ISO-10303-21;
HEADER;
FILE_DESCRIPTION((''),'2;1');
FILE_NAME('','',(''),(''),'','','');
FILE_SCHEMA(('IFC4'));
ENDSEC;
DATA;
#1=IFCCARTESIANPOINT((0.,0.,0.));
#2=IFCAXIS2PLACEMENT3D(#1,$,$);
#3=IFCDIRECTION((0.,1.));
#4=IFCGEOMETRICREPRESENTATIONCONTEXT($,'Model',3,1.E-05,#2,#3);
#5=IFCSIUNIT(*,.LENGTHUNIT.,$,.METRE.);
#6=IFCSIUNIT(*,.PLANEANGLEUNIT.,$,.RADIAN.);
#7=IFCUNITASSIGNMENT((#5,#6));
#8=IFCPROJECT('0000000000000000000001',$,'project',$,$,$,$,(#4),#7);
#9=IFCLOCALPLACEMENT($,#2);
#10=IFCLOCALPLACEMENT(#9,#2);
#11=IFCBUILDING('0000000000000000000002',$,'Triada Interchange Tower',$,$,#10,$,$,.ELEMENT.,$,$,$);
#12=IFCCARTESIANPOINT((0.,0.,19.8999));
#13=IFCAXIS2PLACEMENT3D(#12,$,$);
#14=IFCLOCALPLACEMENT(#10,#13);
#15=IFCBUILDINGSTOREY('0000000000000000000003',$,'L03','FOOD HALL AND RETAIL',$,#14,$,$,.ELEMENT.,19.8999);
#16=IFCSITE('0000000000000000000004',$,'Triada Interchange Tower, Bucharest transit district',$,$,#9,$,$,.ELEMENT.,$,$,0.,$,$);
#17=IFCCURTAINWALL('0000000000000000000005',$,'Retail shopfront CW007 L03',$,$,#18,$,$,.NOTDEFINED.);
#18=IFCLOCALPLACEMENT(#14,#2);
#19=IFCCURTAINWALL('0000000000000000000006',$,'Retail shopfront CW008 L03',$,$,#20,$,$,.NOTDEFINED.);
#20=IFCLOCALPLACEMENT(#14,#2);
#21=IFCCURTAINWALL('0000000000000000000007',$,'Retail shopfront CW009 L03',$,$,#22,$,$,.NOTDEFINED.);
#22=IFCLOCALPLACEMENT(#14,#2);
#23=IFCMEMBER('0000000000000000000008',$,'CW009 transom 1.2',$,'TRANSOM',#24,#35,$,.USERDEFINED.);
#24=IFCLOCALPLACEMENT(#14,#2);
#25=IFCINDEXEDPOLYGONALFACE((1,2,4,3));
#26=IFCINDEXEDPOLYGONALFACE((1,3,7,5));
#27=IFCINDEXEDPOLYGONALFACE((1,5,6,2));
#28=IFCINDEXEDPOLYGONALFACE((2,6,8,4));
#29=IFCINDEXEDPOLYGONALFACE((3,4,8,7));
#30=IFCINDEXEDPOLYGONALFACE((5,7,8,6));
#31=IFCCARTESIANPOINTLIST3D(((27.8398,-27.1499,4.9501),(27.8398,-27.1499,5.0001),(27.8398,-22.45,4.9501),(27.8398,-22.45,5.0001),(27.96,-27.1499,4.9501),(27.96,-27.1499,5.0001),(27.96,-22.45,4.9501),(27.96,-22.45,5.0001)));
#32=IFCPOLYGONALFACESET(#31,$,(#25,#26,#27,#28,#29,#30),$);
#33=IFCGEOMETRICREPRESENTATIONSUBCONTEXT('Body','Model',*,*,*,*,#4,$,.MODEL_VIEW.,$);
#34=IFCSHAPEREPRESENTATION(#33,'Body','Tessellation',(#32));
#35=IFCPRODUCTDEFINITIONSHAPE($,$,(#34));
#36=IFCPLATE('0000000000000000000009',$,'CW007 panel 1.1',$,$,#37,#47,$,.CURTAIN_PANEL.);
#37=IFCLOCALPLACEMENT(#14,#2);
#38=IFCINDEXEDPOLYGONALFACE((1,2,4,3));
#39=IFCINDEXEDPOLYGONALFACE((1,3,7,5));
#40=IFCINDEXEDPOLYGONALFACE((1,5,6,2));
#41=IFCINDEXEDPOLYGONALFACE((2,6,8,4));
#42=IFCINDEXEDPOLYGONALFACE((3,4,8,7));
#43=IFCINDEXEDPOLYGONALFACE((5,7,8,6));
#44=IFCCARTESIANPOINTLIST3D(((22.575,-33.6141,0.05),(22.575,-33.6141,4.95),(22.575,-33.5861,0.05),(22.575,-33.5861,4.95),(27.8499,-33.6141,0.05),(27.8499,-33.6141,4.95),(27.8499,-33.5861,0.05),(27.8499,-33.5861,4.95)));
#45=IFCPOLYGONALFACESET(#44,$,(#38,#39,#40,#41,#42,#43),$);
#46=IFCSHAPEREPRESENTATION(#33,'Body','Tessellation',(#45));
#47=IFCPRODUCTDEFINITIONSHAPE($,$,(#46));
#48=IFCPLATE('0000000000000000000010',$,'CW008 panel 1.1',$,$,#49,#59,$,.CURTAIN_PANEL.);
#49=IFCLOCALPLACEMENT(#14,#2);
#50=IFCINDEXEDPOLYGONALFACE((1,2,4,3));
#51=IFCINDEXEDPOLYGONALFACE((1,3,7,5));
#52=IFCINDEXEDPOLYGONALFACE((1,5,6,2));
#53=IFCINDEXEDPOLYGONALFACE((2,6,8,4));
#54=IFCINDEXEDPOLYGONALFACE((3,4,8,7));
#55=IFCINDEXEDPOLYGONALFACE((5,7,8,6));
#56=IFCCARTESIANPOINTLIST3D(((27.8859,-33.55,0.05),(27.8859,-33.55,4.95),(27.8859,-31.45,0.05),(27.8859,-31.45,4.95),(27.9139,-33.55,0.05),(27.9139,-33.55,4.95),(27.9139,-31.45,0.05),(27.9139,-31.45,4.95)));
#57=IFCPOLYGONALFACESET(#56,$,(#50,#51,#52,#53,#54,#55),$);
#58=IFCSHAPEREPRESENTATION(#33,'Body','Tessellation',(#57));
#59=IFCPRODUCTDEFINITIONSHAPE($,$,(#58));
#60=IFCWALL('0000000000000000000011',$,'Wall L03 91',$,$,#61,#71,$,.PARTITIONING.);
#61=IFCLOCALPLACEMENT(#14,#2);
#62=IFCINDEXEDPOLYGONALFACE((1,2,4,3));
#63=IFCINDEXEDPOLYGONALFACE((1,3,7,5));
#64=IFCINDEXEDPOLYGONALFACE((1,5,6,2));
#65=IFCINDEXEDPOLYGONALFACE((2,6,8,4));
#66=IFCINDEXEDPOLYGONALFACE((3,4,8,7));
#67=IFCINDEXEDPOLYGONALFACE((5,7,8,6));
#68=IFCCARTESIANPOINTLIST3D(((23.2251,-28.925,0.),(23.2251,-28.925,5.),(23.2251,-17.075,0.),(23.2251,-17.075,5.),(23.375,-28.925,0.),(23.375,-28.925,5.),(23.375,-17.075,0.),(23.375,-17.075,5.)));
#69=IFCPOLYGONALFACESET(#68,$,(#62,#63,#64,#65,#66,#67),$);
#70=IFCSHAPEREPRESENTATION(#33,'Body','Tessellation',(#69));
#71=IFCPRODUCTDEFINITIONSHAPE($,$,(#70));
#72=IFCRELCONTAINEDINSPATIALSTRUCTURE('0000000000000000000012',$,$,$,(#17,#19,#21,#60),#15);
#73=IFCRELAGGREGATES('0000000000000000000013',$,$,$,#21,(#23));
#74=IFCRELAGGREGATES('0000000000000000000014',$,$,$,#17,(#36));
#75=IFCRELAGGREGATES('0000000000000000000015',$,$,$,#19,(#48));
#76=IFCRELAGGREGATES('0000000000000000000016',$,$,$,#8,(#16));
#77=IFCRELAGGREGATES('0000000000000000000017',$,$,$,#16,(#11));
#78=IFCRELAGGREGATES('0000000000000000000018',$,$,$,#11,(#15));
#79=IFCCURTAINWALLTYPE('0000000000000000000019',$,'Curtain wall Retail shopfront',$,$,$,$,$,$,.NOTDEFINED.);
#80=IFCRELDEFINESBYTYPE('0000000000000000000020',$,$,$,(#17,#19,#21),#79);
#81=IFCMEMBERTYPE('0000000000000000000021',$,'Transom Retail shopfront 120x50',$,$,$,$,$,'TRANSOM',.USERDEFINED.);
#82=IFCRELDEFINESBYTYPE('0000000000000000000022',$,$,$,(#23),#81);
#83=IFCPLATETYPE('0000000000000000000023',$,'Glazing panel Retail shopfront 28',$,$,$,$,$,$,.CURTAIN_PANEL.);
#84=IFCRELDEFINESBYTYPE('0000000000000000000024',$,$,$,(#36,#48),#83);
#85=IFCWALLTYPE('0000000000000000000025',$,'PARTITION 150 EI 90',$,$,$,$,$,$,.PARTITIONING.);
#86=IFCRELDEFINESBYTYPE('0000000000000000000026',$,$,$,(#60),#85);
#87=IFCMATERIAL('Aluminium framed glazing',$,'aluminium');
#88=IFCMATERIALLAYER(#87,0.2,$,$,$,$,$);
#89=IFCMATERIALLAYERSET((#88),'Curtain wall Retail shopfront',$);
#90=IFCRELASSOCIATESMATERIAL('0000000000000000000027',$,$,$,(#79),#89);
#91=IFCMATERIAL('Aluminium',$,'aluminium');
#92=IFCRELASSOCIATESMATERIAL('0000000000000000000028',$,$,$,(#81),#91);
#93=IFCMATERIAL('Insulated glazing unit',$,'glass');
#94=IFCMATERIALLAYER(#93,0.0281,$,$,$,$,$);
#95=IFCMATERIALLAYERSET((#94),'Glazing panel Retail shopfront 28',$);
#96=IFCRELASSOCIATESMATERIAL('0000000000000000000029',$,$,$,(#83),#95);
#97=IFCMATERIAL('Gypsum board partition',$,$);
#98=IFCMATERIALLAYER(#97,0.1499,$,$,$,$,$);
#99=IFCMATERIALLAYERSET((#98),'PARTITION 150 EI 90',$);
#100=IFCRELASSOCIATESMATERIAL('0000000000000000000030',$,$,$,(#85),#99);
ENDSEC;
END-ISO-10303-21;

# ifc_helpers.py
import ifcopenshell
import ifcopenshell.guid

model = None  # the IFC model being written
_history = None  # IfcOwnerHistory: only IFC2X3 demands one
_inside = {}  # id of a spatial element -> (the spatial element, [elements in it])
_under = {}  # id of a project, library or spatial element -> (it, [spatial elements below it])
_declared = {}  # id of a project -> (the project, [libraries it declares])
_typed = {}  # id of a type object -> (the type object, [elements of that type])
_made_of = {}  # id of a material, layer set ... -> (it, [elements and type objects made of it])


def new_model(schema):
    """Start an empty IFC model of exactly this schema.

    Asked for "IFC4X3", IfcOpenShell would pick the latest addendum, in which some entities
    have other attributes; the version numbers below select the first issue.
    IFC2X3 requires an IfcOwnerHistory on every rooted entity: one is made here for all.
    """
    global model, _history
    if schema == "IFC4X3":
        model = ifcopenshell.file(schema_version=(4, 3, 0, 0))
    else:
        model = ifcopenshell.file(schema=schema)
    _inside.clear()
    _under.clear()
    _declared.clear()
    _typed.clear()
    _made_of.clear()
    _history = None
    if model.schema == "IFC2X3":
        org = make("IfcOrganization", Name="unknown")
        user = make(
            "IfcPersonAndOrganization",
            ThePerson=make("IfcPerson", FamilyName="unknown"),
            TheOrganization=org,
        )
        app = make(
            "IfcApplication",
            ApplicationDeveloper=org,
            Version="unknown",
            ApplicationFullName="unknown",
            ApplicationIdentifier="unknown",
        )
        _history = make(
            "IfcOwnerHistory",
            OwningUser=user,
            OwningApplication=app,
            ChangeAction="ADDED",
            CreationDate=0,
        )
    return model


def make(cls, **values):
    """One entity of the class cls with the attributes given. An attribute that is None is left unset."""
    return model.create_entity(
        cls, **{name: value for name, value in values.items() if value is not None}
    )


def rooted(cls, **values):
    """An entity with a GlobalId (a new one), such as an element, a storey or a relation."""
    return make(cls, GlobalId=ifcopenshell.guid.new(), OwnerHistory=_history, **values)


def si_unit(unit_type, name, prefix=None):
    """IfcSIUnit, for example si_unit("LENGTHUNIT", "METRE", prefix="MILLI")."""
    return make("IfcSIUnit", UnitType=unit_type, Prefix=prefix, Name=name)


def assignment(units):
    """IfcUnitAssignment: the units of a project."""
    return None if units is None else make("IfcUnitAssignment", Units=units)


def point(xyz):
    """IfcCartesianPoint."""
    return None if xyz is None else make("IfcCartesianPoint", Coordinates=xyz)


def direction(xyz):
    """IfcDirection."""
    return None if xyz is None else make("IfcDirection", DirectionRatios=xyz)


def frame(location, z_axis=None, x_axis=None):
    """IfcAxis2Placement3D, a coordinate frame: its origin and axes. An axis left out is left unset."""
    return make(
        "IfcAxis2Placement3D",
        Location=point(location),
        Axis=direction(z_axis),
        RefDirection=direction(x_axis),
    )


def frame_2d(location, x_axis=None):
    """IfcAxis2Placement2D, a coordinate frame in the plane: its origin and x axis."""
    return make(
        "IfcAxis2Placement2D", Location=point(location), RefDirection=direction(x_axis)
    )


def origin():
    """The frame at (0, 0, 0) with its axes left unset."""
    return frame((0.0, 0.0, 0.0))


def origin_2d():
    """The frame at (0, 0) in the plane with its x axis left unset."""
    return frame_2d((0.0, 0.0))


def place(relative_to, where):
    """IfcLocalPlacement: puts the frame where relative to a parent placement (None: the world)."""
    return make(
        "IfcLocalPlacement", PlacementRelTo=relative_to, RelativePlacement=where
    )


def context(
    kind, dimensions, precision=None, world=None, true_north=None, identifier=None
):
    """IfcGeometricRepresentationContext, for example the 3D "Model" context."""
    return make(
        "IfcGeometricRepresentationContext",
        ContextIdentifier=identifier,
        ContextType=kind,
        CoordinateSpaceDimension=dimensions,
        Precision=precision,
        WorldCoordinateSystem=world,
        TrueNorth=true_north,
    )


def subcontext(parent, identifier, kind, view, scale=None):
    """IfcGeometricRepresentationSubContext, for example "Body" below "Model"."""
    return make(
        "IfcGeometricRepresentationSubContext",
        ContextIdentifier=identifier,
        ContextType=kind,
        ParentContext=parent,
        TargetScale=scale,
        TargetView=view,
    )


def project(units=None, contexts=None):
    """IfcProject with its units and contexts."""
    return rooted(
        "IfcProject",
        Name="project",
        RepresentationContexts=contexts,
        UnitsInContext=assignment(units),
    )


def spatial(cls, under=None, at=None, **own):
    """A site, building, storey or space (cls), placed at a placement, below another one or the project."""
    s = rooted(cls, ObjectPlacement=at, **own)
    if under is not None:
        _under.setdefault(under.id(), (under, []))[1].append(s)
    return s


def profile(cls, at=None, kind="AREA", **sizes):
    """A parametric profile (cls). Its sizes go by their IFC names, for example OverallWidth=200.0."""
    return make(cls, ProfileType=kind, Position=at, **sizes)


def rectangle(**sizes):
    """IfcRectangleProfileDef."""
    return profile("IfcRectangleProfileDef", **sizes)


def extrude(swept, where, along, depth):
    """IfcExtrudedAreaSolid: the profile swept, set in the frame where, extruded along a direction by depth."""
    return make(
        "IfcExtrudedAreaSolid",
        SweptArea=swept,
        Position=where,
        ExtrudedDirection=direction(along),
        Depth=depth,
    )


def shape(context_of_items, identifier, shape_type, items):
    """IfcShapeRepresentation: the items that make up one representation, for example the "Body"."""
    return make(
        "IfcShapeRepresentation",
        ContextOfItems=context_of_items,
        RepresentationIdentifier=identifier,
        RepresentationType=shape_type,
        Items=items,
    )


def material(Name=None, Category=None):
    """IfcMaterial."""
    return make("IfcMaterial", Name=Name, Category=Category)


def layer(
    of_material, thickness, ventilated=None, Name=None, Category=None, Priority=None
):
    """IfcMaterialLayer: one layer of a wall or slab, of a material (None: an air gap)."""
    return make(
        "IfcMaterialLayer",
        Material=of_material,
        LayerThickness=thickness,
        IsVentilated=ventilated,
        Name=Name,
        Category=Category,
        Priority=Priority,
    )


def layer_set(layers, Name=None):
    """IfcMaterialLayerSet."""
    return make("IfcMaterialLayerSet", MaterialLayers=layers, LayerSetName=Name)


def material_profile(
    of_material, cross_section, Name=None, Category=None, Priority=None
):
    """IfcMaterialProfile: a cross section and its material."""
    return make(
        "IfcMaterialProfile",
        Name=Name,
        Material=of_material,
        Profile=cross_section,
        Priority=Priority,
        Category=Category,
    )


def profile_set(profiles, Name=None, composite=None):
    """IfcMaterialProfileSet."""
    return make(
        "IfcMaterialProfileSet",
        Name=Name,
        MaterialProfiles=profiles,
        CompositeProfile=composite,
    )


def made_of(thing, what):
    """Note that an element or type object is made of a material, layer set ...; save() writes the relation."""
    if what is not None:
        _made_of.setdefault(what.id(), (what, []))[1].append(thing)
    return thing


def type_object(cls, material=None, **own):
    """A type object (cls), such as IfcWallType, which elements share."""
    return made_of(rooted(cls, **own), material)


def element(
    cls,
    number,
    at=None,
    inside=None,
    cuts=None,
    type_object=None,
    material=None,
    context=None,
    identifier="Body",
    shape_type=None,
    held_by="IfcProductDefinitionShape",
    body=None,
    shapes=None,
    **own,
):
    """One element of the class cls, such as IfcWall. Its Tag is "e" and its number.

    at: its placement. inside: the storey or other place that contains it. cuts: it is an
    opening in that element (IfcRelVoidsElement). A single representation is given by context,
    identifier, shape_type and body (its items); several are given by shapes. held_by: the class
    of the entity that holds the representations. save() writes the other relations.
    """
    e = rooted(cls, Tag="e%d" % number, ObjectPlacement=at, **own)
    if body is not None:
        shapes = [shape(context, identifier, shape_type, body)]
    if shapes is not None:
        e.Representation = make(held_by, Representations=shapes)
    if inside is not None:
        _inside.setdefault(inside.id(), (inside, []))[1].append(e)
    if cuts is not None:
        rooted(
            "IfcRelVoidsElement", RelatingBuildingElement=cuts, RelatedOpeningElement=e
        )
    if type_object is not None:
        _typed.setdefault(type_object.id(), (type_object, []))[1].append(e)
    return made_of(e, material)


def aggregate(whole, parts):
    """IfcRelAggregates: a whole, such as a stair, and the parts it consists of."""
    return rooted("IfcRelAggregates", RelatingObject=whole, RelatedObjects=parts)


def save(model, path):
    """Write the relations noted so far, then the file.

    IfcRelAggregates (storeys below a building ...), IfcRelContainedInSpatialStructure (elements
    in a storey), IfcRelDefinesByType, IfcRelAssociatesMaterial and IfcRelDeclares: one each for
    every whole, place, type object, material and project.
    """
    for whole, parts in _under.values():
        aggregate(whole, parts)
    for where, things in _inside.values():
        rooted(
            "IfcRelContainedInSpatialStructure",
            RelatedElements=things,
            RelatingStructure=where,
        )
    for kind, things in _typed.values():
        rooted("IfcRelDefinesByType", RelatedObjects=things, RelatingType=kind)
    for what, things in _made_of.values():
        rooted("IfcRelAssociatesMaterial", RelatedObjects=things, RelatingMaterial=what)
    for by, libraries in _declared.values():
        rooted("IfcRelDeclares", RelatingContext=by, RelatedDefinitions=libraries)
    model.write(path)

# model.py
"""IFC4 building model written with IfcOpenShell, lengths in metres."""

from ifc_helpers import new_model, si_unit, direction, frame, frame_2d, origin, origin_2d, place, context, subcontext, project, spatial, rectangle, extrude, material, layer, layer_set, material_profile, profile_set, type_object, element, aggregate, save


model = new_model("IFC4")

# Units and contexts
model_context = context("Model", 3, precision=1e-05, world=origin(), true_north=direction((0.0, 1.0)))
body_context = subcontext(model_context, "Body", "Model", "MODEL_VIEW")
ifc_project = project(units=[si_unit("LENGTHUNIT", "METRE"), si_unit("PLANEANGLEUNIT", "RADIAN")], contexts=[model_context])

# Site, building, storey
site_placement = place(None, origin())
site = spatial("IfcSite", under=ifc_project, at=site_placement, Name="Triada Interchange Tower, Bucharest transit district", CompositionType="ELEMENT", RefElevation=0.0)
building_placement = place(site_placement, origin())
building = spatial("IfcBuilding", under=site, at=building_placement, Name="Triada Interchange Tower", CompositionType="ELEMENT")
storey_placement = place(building_placement, frame((0.0, 0.0, 19.8999)))
storey = spatial("IfcBuildingStorey", under=building, at=storey_placement, Name="L03", Description="FOOD HALL AND RETAIL", CompositionType="ELEMENT", Elevation=19.8999)

# Curtain wall
ifc_material_1 = material(Name="Aluminium framed glazing", Category="aluminium")
ifc_layer_1 = layer(ifc_material_1, 0.2)
ifc_layer_set_1 = layer_set([ifc_layer_1], Name="Curtain wall Retail shopfront")
curtain_wall_type = type_object("IfcCurtainWallType", Name="Curtain wall Retail shopfront", PredefinedType="NOTDEFINED", material=ifc_layer_set_1)
curtain_wall_1_placement = place(storey_placement, origin())
curtain_wall_1 = element("IfcCurtainWall", 1, at=curtain_wall_1_placement, inside=storey, type_object=curtain_wall_type, Name="Retail shopfront CW007 L03", PredefinedType="NOTDEFINED")
ifc_material_2 = material(Name="Aluminium", Category="aluminium")

# Curtain wall
curtain_wall_2_placement = place(storey_placement, origin())
curtain_wall_2 = element("IfcCurtainWall", 2, at=curtain_wall_2_placement, inside=storey, type_object=curtain_wall_type, Name="Retail shopfront CW008 L03", PredefinedType="NOTDEFINED")

# Curtain wall
curtain_wall_3_placement = place(storey_placement, origin())
curtain_wall_3 = element("IfcCurtainWall", 3, at=curtain_wall_3_placement, inside=storey, type_object=curtain_wall_type, Name="Retail shopfront CW009 L03", PredefinedType="NOTDEFINED")

# Member
ifc_material_profile_1 = material_profile(ifc_material_2, rectangle(XDim=0.1201, YDim=0.05, at=origin_2d()), Name="Aluminium transom")
ifc_profile_set_1 = profile_set([ifc_material_profile_1], Name="Aluminium")
member_type_1 = type_object("IfcMemberType", Name="Transom Retail shopfront 120x50", ElementType="TRANSOM", PredefinedType="USERDEFINED", material=ifc_profile_set_1)
member_1_placement = place(storey_placement, frame((27.8999, -27.1499, 4.9751), z_axis=(0.0, 1.0, 0.0), x_axis=(-1.0, 0.0, 0.0)))
member_1 = element("IfcMember", 4, at=member_1_placement, type_object=member_type_1, Name="CW009 transom 1.2", ObjectType="TRANSOM", PredefinedType="USERDEFINED", context=body_context, shape_type="SweptSolid", body=[
    extrude(rectangle(XDim=0.1201, YDim=0.05, at=origin_2d()), origin(), (0.0, 0.0, 1.0), 4.7),
])
aggregate(curtain_wall_3, [member_1])

# Plates
ifc_material_3 = material(Name="Insulated glazing unit", Category="glass")
ifc_layer_2 = layer(ifc_material_3, 0.0281)
ifc_layer_set_2 = layer_set([ifc_layer_2], Name="Glazing panel Retail shopfront 28")
plate_type = type_object("IfcPlateType", Name="Glazing panel Retail shopfront 28", PredefinedType="CURTAIN_PANEL", material=ifc_layer_set_2)
plate_1_placement = place(storey_placement, frame((25.2124, -33.6001, 0.05), z_axis=(0.0, 0.0, 1.0), x_axis=(1.0, 0.0, 0.0)))
plate_1 = element("IfcPlate", 5, at=plate_1_placement, type_object=plate_type, Name="CW007 panel 1.1", PredefinedType="CURTAIN_PANEL", context=body_context, shape_type="SweptSolid", body=[
    extrude(rectangle(XDim=5.2749, YDim=0.0281, at=origin_2d()), origin(), (0.0, 0.0, 1.0), 4.8999),
])
aggregate(curtain_wall_1, [plate_1])
plate_2_placement = place(storey_placement, frame((27.8999, -32.5, 0.05), z_axis=(0.0, 0.0, 1.0), x_axis=(0.0, 1.0, 0.0)))
plate_2 = element("IfcPlate", 6, at=plate_2_placement, type_object=plate_type, Name="CW008 panel 1.1", PredefinedType="CURTAIN_PANEL", context=body_context, shape_type="SweptSolid", body=[
    extrude(rectangle(XDim=2.1001, YDim=0.0281, at=origin_2d()), origin(), (0.0, 0.0, 1.0), 4.8999),
])
aggregate(curtain_wall_2, [plate_2])

# Wall
ifc_material_4 = material(Name="Gypsum board partition")
ifc_layer_3 = layer(ifc_material_4, 0.1499)
ifc_layer_set_3 = layer_set([ifc_layer_3], Name="PARTITION 150 EI 90")
wall_type_1 = type_object("IfcWallType", Name="PARTITION 150 EI 90", PredefinedType="PARTITIONING", material=ifc_layer_set_3)
wall_1_placement = place(storey_placement, frame((23.3, -28.925, 0.0), z_axis=(0.0, 0.0, 1.0), x_axis=(0.0, 1.0, 0.0)))
element("IfcWall", 7, at=wall_1_placement, inside=storey, type_object=wall_type_1, Name="Wall L03 91", PredefinedType="PARTITIONING", context=body_context, shape_type="SweptSolid", body=[
    extrude(rectangle(XDim=11.8501, YDim=0.1499, at=frame_2d((5.925, 0.0))), origin(), (0.0, 0.0, 1.0), 5.0),
])

save(model, "model.ifc")
